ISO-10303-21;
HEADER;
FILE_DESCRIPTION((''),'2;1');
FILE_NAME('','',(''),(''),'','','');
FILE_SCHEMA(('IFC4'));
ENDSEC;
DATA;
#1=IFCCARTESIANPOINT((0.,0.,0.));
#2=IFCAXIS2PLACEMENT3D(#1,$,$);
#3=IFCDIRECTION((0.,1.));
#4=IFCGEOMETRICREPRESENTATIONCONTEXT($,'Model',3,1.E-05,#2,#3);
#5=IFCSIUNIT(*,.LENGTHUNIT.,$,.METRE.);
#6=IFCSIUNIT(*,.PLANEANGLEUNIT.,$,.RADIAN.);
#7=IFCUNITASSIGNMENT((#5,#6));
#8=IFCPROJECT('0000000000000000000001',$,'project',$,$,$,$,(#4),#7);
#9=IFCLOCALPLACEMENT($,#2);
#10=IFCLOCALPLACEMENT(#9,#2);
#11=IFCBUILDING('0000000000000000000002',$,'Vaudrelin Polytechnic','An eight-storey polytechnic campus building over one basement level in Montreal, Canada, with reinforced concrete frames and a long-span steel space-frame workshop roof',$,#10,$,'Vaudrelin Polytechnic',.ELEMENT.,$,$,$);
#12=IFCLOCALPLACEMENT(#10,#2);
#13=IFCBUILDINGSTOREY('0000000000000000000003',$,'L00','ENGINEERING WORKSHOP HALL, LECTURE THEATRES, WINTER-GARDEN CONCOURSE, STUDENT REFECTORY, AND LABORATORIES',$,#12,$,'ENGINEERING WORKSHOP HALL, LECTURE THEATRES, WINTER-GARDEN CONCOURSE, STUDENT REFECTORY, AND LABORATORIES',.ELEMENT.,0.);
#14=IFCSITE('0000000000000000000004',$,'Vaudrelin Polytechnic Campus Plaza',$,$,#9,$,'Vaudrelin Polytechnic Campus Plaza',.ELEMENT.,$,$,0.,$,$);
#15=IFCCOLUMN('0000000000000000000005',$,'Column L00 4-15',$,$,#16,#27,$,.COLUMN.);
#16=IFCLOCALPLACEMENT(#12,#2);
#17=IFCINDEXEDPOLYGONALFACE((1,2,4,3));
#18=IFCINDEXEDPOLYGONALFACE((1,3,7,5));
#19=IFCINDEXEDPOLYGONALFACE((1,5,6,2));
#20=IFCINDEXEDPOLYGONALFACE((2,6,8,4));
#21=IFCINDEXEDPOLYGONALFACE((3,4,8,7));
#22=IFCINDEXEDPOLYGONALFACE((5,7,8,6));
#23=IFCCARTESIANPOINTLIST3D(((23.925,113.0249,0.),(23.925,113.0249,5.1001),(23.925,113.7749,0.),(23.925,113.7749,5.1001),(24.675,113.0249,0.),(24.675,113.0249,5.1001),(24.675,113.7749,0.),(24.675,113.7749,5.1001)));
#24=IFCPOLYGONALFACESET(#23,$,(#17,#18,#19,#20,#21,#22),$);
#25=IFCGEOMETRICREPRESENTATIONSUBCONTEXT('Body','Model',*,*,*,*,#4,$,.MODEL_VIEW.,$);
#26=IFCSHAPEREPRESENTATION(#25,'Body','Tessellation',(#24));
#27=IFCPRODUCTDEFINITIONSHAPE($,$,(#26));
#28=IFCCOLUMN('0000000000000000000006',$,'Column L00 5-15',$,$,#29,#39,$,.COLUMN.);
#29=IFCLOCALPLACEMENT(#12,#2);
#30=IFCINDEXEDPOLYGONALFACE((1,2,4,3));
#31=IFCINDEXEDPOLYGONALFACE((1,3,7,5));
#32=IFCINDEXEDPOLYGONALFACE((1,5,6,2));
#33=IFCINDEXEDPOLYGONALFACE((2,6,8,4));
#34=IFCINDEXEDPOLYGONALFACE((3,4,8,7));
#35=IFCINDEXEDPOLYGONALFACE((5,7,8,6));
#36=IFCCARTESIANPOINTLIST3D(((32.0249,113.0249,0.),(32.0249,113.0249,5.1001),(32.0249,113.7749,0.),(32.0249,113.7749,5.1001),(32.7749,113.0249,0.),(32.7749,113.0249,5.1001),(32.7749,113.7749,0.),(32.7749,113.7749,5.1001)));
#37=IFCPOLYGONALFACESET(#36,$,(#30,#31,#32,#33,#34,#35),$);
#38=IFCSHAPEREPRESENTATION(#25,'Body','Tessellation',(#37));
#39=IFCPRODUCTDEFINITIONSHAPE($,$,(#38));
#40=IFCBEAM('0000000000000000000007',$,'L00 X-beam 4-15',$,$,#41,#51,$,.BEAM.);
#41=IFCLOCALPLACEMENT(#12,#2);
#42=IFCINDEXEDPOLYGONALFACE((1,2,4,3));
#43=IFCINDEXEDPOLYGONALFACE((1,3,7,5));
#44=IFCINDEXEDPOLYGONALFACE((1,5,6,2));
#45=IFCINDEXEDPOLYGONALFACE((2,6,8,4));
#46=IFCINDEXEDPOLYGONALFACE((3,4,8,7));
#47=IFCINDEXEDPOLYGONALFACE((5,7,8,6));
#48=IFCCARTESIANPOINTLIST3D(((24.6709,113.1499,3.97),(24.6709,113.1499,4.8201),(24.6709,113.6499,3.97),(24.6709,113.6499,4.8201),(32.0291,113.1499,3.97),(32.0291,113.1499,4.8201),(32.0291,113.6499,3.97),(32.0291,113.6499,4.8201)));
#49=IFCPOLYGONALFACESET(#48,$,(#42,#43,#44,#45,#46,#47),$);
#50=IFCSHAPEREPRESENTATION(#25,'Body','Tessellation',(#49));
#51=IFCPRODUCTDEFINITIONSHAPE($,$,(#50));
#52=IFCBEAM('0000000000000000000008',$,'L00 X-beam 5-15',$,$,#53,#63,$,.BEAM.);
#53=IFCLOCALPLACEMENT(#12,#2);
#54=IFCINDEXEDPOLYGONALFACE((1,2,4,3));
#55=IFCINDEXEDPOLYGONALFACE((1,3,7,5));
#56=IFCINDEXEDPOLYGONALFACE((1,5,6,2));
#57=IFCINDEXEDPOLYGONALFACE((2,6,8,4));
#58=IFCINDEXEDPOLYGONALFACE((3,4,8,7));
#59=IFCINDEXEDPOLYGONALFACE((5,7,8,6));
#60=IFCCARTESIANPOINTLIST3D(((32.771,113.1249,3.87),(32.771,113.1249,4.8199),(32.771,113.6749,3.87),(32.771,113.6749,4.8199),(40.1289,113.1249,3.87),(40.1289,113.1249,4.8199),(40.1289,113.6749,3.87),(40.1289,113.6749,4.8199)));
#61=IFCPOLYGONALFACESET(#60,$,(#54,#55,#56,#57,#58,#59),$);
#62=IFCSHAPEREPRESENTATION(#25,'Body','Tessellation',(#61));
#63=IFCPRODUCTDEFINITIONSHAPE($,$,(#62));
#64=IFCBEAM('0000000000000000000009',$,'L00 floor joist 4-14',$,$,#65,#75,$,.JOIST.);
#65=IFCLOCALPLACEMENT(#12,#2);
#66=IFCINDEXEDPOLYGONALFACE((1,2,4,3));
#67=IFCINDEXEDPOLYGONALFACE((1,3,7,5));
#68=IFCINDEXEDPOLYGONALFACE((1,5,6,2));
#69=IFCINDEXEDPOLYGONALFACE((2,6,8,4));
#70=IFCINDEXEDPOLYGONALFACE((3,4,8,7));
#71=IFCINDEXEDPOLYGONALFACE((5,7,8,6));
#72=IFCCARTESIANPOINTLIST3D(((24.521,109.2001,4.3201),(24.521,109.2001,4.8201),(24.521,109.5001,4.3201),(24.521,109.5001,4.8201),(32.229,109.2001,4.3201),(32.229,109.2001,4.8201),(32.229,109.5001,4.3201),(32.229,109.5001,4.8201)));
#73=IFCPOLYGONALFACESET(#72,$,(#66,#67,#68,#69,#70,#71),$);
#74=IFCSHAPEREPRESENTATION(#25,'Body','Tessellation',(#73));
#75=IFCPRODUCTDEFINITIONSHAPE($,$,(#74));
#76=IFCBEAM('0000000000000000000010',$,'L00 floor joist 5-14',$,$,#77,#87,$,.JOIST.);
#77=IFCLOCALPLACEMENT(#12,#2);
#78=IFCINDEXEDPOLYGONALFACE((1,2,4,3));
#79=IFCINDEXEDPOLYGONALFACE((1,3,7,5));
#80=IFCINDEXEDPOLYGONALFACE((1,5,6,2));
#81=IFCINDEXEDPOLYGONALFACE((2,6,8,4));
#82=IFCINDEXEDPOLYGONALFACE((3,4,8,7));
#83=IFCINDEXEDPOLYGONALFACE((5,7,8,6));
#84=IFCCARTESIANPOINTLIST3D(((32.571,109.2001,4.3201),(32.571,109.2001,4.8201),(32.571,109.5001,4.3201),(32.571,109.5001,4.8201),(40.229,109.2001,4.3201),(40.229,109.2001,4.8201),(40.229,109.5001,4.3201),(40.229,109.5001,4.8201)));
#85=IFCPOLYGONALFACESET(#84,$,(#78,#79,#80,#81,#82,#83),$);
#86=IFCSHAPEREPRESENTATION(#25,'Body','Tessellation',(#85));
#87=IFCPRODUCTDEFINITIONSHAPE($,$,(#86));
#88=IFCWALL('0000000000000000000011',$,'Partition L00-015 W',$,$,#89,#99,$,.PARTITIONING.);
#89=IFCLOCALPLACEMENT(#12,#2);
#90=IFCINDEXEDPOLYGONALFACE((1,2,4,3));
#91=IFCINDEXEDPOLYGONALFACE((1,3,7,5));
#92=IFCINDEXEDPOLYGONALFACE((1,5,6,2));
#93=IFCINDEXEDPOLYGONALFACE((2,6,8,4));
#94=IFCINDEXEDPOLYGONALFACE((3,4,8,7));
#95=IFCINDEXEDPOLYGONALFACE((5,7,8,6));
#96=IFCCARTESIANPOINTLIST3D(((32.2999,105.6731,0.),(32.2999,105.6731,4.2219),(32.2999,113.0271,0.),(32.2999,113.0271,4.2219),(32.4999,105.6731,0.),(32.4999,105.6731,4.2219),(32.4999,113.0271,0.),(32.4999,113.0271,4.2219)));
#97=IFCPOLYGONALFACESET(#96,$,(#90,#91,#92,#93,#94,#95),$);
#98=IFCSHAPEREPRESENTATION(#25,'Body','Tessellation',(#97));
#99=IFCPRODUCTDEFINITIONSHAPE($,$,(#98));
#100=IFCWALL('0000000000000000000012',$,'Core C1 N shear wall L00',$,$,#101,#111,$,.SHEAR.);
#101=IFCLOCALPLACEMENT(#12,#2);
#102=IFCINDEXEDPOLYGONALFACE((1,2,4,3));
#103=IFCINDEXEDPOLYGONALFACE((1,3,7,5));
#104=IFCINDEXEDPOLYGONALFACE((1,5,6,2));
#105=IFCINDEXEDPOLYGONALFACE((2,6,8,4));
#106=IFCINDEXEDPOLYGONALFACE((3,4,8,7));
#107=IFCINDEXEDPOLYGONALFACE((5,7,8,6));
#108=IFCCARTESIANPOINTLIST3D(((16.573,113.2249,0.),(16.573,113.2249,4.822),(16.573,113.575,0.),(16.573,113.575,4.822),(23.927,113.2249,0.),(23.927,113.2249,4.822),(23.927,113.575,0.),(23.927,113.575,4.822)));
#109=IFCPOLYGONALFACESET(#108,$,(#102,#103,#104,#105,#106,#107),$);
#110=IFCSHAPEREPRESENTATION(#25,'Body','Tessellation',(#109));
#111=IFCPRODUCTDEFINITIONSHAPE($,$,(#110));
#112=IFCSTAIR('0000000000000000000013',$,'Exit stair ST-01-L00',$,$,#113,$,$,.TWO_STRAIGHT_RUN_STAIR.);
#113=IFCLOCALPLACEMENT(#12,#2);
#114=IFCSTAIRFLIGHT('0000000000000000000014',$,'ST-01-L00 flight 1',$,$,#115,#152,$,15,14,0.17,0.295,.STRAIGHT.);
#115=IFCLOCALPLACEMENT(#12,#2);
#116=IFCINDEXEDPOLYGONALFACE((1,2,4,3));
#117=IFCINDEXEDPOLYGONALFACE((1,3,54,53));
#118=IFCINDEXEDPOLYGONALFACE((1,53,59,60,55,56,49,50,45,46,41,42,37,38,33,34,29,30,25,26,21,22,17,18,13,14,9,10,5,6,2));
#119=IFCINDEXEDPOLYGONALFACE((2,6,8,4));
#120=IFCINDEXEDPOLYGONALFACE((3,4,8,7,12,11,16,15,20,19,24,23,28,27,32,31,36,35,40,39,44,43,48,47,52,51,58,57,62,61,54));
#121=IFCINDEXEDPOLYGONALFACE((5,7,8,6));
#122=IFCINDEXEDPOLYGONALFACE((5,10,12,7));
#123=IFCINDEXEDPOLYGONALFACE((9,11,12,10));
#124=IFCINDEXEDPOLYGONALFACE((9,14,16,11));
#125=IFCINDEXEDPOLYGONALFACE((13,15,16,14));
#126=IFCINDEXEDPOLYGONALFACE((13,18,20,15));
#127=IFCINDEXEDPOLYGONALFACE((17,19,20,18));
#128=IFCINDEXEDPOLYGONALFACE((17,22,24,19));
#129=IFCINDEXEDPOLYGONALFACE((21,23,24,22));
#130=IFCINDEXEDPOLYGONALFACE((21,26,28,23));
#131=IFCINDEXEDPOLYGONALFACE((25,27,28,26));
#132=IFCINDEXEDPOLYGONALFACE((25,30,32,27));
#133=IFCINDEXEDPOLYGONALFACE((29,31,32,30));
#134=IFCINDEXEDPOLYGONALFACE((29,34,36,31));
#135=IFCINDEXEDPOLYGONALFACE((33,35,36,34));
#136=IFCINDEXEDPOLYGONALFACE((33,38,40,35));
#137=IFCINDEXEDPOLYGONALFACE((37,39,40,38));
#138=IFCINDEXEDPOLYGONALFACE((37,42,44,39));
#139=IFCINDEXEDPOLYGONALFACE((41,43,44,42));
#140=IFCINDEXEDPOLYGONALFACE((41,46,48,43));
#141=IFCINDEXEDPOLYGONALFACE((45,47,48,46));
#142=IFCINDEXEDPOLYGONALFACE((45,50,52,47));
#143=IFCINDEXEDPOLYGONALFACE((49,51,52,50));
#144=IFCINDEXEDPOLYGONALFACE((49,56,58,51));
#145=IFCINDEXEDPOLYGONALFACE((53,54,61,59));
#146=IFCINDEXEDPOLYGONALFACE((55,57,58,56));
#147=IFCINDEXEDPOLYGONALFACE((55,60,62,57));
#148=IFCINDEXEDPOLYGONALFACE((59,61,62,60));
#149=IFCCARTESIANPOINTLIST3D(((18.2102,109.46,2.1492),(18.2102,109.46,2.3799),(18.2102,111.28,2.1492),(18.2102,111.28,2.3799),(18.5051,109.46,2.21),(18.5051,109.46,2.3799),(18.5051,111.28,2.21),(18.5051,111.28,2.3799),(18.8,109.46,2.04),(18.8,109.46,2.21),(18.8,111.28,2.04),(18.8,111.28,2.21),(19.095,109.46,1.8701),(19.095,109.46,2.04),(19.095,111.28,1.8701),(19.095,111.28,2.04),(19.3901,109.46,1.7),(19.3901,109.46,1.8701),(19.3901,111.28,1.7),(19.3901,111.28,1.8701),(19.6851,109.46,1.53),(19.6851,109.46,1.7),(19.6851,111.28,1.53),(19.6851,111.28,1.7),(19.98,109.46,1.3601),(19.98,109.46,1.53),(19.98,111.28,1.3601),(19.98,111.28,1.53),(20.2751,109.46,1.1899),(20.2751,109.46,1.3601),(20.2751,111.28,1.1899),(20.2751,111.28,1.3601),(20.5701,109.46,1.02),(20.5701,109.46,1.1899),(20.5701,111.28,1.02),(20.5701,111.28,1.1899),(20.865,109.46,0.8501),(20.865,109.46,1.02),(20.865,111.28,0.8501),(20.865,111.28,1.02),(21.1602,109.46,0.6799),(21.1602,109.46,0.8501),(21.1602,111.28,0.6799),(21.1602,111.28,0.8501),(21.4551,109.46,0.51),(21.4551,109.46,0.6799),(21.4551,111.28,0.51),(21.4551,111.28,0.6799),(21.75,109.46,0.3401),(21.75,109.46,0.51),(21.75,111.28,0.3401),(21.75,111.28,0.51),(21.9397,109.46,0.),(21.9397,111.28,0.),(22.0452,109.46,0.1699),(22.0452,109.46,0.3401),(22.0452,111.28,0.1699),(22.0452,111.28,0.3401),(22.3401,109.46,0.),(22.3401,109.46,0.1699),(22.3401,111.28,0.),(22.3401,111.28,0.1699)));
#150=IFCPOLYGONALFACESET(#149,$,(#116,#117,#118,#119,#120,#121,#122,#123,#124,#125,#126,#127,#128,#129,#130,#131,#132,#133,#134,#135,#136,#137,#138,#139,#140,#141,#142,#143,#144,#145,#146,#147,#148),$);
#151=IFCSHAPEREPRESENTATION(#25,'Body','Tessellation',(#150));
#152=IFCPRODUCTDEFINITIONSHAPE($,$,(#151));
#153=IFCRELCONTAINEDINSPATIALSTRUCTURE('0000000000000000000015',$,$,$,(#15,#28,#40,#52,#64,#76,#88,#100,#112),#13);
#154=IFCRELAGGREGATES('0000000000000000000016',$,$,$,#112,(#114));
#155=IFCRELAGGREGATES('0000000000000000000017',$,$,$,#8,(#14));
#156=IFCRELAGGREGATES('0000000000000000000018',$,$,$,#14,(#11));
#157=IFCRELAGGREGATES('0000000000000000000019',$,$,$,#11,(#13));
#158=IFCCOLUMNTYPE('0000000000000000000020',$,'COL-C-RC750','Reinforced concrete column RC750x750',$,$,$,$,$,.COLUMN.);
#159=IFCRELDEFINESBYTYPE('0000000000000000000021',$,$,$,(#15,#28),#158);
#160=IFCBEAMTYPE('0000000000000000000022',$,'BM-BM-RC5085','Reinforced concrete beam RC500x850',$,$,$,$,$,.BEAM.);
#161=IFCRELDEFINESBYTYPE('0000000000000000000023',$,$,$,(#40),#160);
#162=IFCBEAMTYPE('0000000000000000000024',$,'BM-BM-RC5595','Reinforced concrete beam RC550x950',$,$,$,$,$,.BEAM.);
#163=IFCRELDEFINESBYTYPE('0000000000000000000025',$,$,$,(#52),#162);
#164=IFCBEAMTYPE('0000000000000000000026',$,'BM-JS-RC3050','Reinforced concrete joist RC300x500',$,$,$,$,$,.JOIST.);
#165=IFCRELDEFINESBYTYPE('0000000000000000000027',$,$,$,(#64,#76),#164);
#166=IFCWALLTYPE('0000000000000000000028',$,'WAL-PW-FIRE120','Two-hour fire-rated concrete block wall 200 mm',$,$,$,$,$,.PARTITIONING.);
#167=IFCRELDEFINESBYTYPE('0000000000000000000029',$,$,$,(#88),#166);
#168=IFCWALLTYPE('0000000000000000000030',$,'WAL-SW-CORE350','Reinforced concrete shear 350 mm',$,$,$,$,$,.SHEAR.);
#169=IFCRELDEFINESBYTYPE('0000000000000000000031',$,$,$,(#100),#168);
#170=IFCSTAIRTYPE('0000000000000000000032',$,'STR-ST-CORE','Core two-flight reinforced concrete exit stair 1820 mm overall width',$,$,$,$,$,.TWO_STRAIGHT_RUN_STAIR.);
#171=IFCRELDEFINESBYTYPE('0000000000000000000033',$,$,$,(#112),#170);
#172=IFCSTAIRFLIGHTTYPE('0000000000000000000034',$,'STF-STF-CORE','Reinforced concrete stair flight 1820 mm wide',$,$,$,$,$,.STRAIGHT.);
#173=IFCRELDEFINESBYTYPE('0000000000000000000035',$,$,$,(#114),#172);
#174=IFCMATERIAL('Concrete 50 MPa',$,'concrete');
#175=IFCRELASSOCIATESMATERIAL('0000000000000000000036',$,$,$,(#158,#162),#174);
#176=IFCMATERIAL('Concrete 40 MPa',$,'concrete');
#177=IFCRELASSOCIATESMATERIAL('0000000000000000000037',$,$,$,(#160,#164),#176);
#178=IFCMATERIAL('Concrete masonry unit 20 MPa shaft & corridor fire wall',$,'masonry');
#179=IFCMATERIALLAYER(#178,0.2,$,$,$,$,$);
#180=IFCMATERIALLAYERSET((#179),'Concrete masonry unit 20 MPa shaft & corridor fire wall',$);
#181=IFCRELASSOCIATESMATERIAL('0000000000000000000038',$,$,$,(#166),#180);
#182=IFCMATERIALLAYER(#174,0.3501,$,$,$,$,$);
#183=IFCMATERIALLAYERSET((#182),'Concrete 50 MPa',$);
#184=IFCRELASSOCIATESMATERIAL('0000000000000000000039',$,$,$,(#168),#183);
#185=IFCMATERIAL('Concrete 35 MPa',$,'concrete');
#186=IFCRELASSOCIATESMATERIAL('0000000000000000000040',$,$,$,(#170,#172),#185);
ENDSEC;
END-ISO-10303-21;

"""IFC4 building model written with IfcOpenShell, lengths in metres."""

from ifc_helpers import new_model, si_unit, direction, frame, frame_2d, origin, origin_2d, place, context, subcontext, project, spatial, polyline, rectangle, outline, extrude, material, layer, layer_set, material_profile, profile_set, type_object, element, aggregate, save


model = new_model("IFC4")

# Units and contexts
model_context = context("Model", 3, precision=1e-05, world=origin(), true_north=direction((0.0, 1.0)))
body_context = subcontext(model_context, "Body", "Model", "MODEL_VIEW")
ifc_project = project(units=[si_unit("LENGTHUNIT", "METRE"), si_unit("PLANEANGLEUNIT", "RADIAN")], contexts=[model_context])

# Site, building, storey
site_placement = place(None, origin())
site = spatial("IfcSite", under=ifc_project, at=site_placement, Name="Vaudrelin Polytechnic Campus Plaza", LongName="Vaudrelin Polytechnic Campus Plaza", CompositionType="ELEMENT", RefElevation=0.0)
building_placement = place(site_placement, origin())
building = spatial("IfcBuilding", under=site, at=building_placement, Name="Vaudrelin Polytechnic", Description="An eight-storey polytechnic campus building over one basement level in Montreal, Canada, with reinforced concrete frames and a long-span steel space-frame workshop roof", LongName="Vaudrelin Polytechnic", CompositionType="ELEMENT")
storey_placement = place(building_placement, origin())
storey = spatial("IfcBuildingStorey", under=building, at=storey_placement, Name="L00", Description="ENGINEERING WORKSHOP HALL, LECTURE THEATRES, WINTER-GARDEN CONCOURSE, STUDENT REFECTORY, AND LABORATORIES", LongName="ENGINEERING WORKSHOP HALL, LECTURE THEATRES, WINTER-GARDEN CONCOURSE, STUDENT REFECTORY, AND LABORATORIES", CompositionType="ELEMENT", Elevation=0.0)

# Columns
ifc_material_1 = material(Name="Concrete 50 MPa", Category="concrete")
ifc_material_profile_1 = material_profile(ifc_material_1, rectangle(XDim=0.75, YDim=0.75, at=origin_2d()), Name="RC750x750")
ifc_profile_set_1 = profile_set([ifc_material_profile_1], Name="Concrete 50 MPa")
column_type = type_object("IfcColumnType", Name="COL-C-RC750", Description="Reinforced concrete column RC750x750", PredefinedType="COLUMN", material=ifc_profile_set_1)
for number, where, z_axis, x_axis, name in (
    (1, (24.3, 113.3999, 0.0), (0.0, 0.0, 1.0), (1.0, 0.0, 0.0), "Column L00 4-15"),
    (2, (32.3999, 113.3999, 0.0), (0.0, 0.0, 1.0), (1.0, 0.0, 0.0), "Column L00 5-15"),
):
    element("IfcColumn", number, at=place(storey_placement, frame(where, z_axis=z_axis, x_axis=x_axis)), inside=storey, type_object=column_type, Name=name, PredefinedType="COLUMN", context=body_context, shape_type="SweptSolid", body=[
        extrude(rectangle(XDim=0.75, YDim=0.75, at=origin_2d()), origin(), (0.0, 0.0, 1.0), 5.1001),
    ])

# Beams
ifc_material_2 = material(Name="Concrete 40 MPa", Category="concrete")
ifc_material_profile_2 = material_profile(ifc_material_2, rectangle(XDim=0.5, YDim=0.8501, at=origin_2d()), Name="RC500x850")
ifc_profile_set_2 = profile_set([ifc_material_profile_2], Name="Concrete 40 MPa")
beam_type_1 = type_object("IfcBeamType", Name="BM-BM-RC5085", Description="Reinforced concrete beam RC500x850", PredefinedType="BEAM", material=ifc_profile_set_2)
beam_1_placement = place(storey_placement, frame((24.6709, 113.3999, 4.395), z_axis=(1.0, 0.0, 0.0), x_axis=(0.0, 1.0, 0.0)))
element("IfcBeam", 3, at=beam_1_placement, inside=storey, type_object=beam_type_1, Name="L00 X-beam 4-15", PredefinedType="BEAM", context=body_context, shape_type="SweptSolid", body=[
    extrude(rectangle(XDim=0.5, YDim=0.8501, at=origin_2d()), origin(), (0.0, 0.0, 1.0), 7.3582),
])
ifc_material_profile_3 = material_profile(ifc_material_1, rectangle(XDim=0.55, YDim=0.95, at=origin_2d()), Name="RC550x950")
ifc_profile_set_3 = profile_set([ifc_material_profile_3], Name="Concrete 50 MPa")
beam_type_2 = type_object("IfcBeamType", Name="BM-BM-RC5595", Description="Reinforced concrete beam RC550x950", PredefinedType="BEAM", material=ifc_profile_set_3)
beam_2_placement = place(storey_placement, frame((32.771, 113.3999, 4.345), z_axis=(1.0, 0.0, 0.0), x_axis=(0.0, 1.0, 0.0)))
element("IfcBeam", 4, at=beam_2_placement, inside=storey, type_object=beam_type_2, Name="L00 X-beam 5-15", PredefinedType="BEAM", context=body_context, shape_type="SweptSolid", body=[
    extrude(rectangle(XDim=0.55, YDim=0.95, at=origin_2d()), origin(), (0.0, 0.0, 1.0), 7.3579),
])
ifc_material_profile_4 = material_profile(ifc_material_2, rectangle(XDim=0.3, YDim=0.5, at=origin_2d()), Name="RC300x500")
ifc_profile_set_4 = profile_set([ifc_material_profile_4], Name="Concrete 40 MPa")
beam_type_3 = type_object("IfcBeamType", Name="BM-JS-RC3050", Description="Reinforced concrete joist RC300x500", PredefinedType="JOIST", material=ifc_profile_set_4)
beam_3_placement = place(storey_placement, frame((24.521, 109.3501, 4.5701), z_axis=(1.0, 0.0, 0.0), x_axis=(0.0, 1.0, 0.0)))
element("IfcBeam", 5, at=beam_3_placement, inside=storey, type_object=beam_type_3, Name="L00 floor joist 4-14", PredefinedType="JOIST", context=body_context, shape_type="SweptSolid", body=[
    extrude(rectangle(XDim=0.3, YDim=0.5, at=origin_2d()), origin(), (0.0, 0.0, 1.0), 7.708),
])
beam_4_placement = place(storey_placement, frame((32.571, 109.3501, 4.5701), z_axis=(1.0, 0.0, 0.0), x_axis=(0.0, 1.0, 0.0)))
element("IfcBeam", 6, at=beam_4_placement, inside=storey, type_object=beam_type_3, Name="L00 floor joist 5-14", PredefinedType="JOIST", context=body_context, shape_type="SweptSolid", body=[
    extrude(rectangle(XDim=0.3, YDim=0.5, at=origin_2d()), origin(), (0.0, 0.0, 1.0), 7.658),
])

# Wall
ifc_material_3 = material(Name="Concrete masonry unit 20 MPa shaft & corridor fire wall", Category="masonry")
ifc_layer_1 = layer(ifc_material_3, 0.2)
ifc_layer_set_1 = layer_set([ifc_layer_1], Name="Concrete masonry unit 20 MPa shaft & corridor fire wall")
wall_type_1 = type_object("IfcWallType", Name="WAL-PW-FIRE120", Description="Two-hour fire-rated concrete block wall 200 mm", PredefinedType="PARTITIONING", material=ifc_layer_set_1)
wall_1_placement = place(storey_placement, frame((32.3999, 105.6731, 0.0), z_axis=(0.0, 0.0, 1.0), x_axis=(0.0, 1.0, 0.0)))
element("IfcWall", 7, at=wall_1_placement, inside=storey, type_object=wall_type_1, Name="Partition L00-015 W", PredefinedType="PARTITIONING", context=body_context, shape_type="SweptSolid", body=[
    extrude(rectangle(XDim=7.354, YDim=0.2, at=frame_2d((3.677, 0.0))), origin(), (0.0, 0.0, 1.0), 4.2219),
])

# Wall
ifc_layer_2 = layer(ifc_material_1, 0.3501)
ifc_layer_set_2 = layer_set([ifc_layer_2], Name="Concrete 50 MPa")
wall_type_2 = type_object("IfcWallType", Name="WAL-SW-CORE350", Description="Reinforced concrete shear 350 mm", PredefinedType="SHEAR", material=ifc_layer_set_2)
wall_2_placement = place(storey_placement, frame((16.573, 113.3999, 0.0), z_axis=(0.0, 0.0, 1.0), x_axis=(1.0, 0.0, 0.0)))
element("IfcWall", 8, at=wall_2_placement, inside=storey, type_object=wall_type_2, Name="Core C1 N shear wall L00", PredefinedType="SHEAR", context=body_context, shape_type="SweptSolid", body=[
    extrude(rectangle(XDim=7.354, YDim=0.3501, at=frame_2d((3.677, 0.0))), origin(), (0.0, 0.0, 1.0), 4.822),
])

# Stair, stair flight
ifc_material_4 = material(Name="Concrete 35 MPa", Category="concrete")
stair_type = type_object("IfcStairType", Name="STR-ST-CORE", Description="Core two-flight reinforced concrete exit stair 1820 mm overall width", PredefinedType="TWO_STRAIGHT_RUN_STAIR", material=ifc_material_4)
stair_placement = place(storey_placement, origin())
stair = element("IfcStair", 9, at=stair_placement, inside=storey, type_object=stair_type, Name="Exit stair ST-01-L00", PredefinedType="TWO_STRAIGHT_RUN_STAIR")
stair_flight_type = type_object("IfcStairFlightType", Name="STF-STF-CORE", Description="Reinforced concrete stair flight 1820 mm wide", PredefinedType="STRAIGHT", material=ifc_material_4)
stair_flight_1_placement = place(storey_placement, frame((22.3401, 110.3701, 0.0), z_axis=(0.0, 0.0, 1.0), x_axis=(-1.0, 0.0, 0.0)))
stair_flight_1 = element("IfcStairFlight", 10, at=stair_flight_1_placement, type_object=stair_flight_type, Name="ST-01-L00 flight 1", NumberOfRisers=15, NumberOfTreads=14, PredefinedType="STRAIGHT", RiserHeight=0.17, TreadLength=0.295, context=body_context, shape_type="SweptSolid", body=[
    extrude(outline(polyline([(0.0, 0.0), (0.0, 0.1699), (0.2949, 0.1699), (0.2949, 0.3401), (0.5901, 0.3401), (0.5901, 0.51), (0.885, 0.51), (0.885, 0.6799), (1.1799, 0.6799), (1.1799, 0.8501), (1.4751, 0.8501), (1.4751, 1.02), (1.77, 1.02), (1.77, 1.1899), (2.0649, 1.1899), (2.0649, 1.3601), (2.3601, 1.3601), (2.3601, 1.53), (2.655, 1.53), (2.655, 1.7), (2.95, 1.7), (2.95, 1.8701), (3.2451, 1.8701), (3.2451, 2.04), (3.54, 2.04), (3.54, 2.21), (3.835, 2.21), (3.835, 2.3799), (4.1299, 2.3799), (4.1299, 2.55), (4.1299, 2.1492), (0.4004, 0.0), (0.0, 0.0)])), frame((0.0, 0.9102, 0.0), z_axis=(0.0, -1.0, 0.0), x_axis=(1.0, 0.0, 0.0)), (0.0, 0.0, 1.0), 1.8201),
])
aggregate(stair, [stair_flight_1])

save(model, "model.ifc")
